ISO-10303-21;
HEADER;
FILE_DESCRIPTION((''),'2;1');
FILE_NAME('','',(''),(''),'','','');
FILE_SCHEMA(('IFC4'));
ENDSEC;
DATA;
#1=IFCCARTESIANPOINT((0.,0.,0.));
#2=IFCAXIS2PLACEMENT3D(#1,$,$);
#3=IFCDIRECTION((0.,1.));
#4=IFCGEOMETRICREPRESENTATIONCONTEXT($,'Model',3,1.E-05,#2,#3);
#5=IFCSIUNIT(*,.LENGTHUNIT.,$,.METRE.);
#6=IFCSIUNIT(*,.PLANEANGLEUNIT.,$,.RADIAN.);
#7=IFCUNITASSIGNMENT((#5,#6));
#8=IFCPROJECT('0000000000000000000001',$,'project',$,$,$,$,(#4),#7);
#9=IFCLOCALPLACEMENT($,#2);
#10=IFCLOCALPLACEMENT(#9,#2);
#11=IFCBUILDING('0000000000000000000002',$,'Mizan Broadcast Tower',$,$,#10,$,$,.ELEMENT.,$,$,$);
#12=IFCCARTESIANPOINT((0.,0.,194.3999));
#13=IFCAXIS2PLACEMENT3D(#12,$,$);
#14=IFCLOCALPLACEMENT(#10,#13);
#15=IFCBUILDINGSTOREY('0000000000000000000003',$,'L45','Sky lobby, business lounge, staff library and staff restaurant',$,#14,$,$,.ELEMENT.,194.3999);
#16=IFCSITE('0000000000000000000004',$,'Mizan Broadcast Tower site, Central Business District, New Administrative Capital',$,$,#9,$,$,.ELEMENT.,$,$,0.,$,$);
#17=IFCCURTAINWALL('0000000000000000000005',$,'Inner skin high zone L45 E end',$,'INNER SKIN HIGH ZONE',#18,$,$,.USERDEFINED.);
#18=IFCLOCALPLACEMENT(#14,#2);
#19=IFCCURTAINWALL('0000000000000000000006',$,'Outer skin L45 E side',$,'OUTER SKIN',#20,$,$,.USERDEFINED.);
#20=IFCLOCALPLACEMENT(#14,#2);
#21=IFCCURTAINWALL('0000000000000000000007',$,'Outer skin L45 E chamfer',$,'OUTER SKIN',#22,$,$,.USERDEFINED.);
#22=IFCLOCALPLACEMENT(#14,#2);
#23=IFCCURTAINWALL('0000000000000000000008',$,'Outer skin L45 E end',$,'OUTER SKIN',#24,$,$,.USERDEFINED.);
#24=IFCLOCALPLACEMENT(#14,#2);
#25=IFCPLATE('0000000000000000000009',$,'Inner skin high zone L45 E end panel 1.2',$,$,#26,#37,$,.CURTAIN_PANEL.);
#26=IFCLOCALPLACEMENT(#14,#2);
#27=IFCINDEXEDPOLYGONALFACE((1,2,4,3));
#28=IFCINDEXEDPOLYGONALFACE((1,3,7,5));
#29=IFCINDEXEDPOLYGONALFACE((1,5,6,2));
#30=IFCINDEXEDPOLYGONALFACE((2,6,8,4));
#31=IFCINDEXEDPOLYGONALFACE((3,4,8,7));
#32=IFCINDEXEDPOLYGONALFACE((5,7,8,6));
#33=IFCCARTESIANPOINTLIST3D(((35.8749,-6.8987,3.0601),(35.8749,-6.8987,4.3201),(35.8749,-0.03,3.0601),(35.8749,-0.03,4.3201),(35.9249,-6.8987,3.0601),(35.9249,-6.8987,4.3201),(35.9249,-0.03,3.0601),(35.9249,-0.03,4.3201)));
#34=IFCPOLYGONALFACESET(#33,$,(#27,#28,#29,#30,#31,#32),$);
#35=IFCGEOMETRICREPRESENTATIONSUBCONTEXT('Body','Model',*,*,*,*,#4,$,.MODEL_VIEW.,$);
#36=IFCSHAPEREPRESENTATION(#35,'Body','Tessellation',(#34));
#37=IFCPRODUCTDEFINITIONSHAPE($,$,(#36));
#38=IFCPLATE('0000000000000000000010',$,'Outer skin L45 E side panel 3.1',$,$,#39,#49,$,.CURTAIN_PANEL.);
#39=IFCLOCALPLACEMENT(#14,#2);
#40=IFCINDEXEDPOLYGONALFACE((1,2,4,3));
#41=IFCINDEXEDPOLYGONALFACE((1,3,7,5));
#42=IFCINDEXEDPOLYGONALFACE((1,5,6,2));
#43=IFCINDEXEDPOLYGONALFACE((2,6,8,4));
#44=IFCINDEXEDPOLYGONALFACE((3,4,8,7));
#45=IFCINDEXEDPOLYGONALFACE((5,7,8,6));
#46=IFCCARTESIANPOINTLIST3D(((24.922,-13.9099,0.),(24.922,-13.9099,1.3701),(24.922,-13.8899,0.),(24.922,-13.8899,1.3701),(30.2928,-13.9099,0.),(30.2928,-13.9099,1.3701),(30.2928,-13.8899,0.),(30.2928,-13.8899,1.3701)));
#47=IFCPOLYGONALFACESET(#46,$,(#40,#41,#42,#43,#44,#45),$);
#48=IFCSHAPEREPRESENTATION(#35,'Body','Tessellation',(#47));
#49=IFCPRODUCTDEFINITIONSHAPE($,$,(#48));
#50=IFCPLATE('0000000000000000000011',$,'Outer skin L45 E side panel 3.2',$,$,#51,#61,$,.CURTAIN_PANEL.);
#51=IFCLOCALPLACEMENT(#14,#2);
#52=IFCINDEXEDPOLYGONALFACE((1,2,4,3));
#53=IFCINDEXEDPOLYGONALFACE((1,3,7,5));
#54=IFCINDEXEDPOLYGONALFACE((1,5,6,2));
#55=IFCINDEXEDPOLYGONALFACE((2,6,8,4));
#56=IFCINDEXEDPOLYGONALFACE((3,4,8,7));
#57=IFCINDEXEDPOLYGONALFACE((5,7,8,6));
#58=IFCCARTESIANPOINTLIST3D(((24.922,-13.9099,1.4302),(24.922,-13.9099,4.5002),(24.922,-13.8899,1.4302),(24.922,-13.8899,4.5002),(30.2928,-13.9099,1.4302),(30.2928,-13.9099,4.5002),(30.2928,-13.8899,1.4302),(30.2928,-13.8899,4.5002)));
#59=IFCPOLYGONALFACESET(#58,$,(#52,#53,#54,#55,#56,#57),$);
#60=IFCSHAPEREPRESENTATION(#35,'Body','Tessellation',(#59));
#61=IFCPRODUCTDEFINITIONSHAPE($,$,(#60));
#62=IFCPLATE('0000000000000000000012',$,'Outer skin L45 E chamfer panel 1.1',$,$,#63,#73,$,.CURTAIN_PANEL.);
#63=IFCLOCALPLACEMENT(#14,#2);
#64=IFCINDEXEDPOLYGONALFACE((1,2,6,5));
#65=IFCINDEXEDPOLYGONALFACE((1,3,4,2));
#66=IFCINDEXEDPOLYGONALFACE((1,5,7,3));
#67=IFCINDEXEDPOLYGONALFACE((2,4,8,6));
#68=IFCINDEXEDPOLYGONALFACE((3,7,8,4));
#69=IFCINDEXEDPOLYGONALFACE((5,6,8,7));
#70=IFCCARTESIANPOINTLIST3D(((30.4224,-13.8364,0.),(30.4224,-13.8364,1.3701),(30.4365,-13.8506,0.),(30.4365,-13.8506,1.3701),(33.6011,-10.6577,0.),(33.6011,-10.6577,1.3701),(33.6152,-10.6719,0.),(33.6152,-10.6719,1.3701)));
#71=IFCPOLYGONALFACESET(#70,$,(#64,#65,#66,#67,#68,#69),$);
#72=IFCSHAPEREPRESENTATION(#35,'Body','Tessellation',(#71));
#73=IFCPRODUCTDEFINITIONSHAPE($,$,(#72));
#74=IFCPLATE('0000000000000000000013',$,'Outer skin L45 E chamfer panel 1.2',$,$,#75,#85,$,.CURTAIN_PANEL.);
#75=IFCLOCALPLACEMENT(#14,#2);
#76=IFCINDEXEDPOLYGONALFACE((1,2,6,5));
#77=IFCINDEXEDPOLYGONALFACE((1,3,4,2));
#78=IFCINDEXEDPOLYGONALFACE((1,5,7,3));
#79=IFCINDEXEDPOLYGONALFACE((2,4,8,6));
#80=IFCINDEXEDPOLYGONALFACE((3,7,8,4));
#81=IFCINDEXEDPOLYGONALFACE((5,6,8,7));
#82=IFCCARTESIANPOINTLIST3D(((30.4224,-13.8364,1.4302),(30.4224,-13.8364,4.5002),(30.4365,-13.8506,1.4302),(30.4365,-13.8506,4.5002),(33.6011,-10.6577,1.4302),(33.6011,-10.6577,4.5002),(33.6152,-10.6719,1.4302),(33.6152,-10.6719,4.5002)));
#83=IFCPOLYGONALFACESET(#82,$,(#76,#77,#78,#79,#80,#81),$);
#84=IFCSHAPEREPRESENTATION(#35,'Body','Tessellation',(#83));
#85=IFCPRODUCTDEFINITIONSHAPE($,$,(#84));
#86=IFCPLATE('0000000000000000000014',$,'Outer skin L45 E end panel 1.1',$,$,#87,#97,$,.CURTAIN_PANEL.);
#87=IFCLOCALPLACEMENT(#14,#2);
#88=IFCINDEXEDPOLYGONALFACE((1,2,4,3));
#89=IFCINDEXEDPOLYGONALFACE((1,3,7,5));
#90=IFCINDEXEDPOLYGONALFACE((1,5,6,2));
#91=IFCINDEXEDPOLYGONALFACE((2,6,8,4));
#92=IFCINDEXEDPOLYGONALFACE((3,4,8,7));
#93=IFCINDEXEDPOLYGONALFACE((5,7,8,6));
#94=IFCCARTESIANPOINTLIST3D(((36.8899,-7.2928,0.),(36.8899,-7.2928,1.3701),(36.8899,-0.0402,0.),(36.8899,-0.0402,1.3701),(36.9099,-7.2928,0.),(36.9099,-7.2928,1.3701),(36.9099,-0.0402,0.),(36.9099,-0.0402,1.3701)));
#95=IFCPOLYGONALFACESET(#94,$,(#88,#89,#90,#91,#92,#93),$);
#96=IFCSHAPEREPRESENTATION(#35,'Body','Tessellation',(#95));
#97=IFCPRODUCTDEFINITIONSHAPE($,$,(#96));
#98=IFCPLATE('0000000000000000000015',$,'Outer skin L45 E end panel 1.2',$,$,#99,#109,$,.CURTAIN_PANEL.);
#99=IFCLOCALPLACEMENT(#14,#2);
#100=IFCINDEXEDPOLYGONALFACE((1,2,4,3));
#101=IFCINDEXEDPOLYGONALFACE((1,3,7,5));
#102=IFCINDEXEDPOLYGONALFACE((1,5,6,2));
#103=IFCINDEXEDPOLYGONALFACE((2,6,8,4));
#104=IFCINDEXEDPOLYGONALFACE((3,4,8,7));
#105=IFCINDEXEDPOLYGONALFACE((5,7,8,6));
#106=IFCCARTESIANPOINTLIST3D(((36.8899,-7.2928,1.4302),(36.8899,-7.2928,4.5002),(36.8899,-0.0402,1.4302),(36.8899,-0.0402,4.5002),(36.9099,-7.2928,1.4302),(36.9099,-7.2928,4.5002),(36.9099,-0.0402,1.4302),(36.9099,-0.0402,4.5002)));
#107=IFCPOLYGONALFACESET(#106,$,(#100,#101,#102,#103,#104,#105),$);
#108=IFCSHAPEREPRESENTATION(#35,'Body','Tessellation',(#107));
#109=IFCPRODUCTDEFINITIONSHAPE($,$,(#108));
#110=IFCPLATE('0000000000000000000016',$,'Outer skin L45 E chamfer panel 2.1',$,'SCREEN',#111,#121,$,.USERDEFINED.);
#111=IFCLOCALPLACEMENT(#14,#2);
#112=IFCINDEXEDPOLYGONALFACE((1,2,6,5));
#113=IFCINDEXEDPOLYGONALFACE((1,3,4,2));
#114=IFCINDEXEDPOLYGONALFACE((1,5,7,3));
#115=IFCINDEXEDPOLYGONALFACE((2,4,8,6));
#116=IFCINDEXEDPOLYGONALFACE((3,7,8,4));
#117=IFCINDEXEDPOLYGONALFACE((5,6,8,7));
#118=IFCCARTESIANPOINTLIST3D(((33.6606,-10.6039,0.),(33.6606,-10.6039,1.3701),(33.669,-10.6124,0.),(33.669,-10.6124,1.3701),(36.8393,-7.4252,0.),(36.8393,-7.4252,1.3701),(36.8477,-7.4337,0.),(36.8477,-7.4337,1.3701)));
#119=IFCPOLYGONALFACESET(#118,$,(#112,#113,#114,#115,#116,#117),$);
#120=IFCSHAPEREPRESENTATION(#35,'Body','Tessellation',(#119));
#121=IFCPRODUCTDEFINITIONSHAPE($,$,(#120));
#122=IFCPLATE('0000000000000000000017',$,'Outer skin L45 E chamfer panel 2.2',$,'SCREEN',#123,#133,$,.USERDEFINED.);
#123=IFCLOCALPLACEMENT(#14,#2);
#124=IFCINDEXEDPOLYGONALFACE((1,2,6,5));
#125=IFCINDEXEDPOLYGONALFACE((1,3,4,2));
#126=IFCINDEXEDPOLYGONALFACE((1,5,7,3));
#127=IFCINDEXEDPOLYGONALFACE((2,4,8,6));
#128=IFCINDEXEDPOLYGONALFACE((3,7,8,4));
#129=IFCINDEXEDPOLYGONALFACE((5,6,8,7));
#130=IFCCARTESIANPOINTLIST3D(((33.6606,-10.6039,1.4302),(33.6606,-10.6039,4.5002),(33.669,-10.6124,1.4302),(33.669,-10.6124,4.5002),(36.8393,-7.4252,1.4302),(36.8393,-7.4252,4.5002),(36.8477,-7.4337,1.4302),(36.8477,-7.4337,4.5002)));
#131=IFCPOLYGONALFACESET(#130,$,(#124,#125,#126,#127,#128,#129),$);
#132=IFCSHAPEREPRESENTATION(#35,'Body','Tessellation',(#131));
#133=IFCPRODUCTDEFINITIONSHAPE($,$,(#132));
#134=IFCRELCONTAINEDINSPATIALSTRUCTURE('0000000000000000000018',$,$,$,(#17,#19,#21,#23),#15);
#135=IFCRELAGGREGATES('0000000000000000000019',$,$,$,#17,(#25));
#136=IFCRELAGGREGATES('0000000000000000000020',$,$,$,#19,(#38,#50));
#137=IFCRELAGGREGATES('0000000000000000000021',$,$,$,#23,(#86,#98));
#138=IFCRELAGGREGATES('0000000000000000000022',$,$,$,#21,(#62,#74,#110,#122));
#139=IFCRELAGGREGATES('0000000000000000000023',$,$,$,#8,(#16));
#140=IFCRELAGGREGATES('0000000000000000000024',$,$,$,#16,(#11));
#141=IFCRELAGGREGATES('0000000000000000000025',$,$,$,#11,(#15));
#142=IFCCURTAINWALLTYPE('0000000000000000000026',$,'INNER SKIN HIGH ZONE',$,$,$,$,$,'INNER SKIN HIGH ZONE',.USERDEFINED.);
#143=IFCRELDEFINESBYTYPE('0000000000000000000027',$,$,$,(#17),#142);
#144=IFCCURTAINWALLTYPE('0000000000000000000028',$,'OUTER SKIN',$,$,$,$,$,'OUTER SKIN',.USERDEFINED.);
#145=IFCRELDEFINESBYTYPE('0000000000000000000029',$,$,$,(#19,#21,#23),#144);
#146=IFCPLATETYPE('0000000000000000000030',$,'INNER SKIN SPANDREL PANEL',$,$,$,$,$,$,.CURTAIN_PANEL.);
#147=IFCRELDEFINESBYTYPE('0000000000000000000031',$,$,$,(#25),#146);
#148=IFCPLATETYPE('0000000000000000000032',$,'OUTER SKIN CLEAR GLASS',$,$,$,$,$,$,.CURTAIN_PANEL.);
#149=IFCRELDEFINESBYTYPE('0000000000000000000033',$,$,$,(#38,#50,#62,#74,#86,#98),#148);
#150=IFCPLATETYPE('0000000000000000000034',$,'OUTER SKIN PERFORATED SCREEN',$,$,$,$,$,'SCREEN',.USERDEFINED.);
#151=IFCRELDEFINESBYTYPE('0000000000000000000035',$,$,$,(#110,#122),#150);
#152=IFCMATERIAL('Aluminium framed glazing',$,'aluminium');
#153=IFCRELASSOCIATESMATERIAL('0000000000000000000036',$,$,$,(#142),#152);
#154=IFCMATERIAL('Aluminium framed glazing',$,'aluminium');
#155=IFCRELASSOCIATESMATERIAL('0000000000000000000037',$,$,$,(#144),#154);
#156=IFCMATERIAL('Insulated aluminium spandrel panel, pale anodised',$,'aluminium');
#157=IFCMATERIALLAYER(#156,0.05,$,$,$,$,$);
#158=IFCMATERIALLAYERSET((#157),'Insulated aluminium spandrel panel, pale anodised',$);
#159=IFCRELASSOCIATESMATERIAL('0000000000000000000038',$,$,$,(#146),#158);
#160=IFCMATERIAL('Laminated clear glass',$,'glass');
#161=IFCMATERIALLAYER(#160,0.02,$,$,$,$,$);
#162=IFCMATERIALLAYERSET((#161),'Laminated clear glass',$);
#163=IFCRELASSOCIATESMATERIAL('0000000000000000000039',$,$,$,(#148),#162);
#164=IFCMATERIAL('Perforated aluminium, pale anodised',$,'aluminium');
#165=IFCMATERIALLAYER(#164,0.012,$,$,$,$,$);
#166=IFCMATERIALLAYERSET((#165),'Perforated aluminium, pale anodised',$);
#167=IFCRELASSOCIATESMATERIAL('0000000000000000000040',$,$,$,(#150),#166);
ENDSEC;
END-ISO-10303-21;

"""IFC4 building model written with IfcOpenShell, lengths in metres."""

from ifc_helpers import new_model, si_unit, direction, frame, origin, origin_2d, place, context, subcontext, project, spatial, rectangle, extrude, material, layer, layer_set, type_object, element, aggregate, save


model = new_model("IFC4")

# Units and contexts
model_context = context("Model", 3, precision=1e-05, world=origin(), true_north=direction((0.0, 1.0)))
body_context = subcontext(model_context, "Body", "Model", "MODEL_VIEW")
ifc_project = project(units=[si_unit("LENGTHUNIT", "METRE"), si_unit("PLANEANGLEUNIT", "RADIAN")], contexts=[model_context])

# Site, building, storey
site_placement = place(None, origin())
site = spatial("IfcSite", under=ifc_project, at=site_placement, Name="Mizan Broadcast Tower site, Central Business District, New Administrative Capital", CompositionType="ELEMENT", RefElevation=0.0)
building_placement = place(site_placement, origin())
building = spatial("IfcBuilding", under=site, at=building_placement, Name="Mizan Broadcast Tower", CompositionType="ELEMENT")
storey_placement = place(building_placement, frame((0.0, 0.0, 194.3999)))
storey = spatial("IfcBuildingStorey", under=building, at=storey_placement, Name="L45", Description="Sky lobby, business lounge, staff library and staff restaurant", CompositionType="ELEMENT", Elevation=194.3999)

# Shared definitions
ifc_material_1 = material(Name="Aluminium framed glazing", Category="aluminium")
curtain_wall_type_1 = type_object("IfcCurtainWallType", Name="INNER SKIN HIGH ZONE", ElementType="INNER SKIN HIGH ZONE", PredefinedType="USERDEFINED", material=ifc_material_1)

# Curtain wall
curtain_wall_1_placement = place(storey_placement, origin())
curtain_wall_1 = element("IfcCurtainWall", 1, at=curtain_wall_1_placement, inside=storey, type_object=curtain_wall_type_1, Name="Inner skin high zone L45 E end", ObjectType="INNER SKIN HIGH ZONE", PredefinedType="USERDEFINED")

# Curtain walls
ifc_material_2 = material(Name="Aluminium framed glazing", Category="aluminium")
curtain_wall_type_2 = type_object("IfcCurtainWallType", Name="OUTER SKIN", ElementType="OUTER SKIN", PredefinedType="USERDEFINED", material=ifc_material_2)
curtain_wall_2_placement = place(storey_placement, origin())
curtain_wall_2 = element("IfcCurtainWall", 2, at=curtain_wall_2_placement, inside=storey, type_object=curtain_wall_type_2, Name="Outer skin L45 E side", ObjectType="OUTER SKIN", PredefinedType="USERDEFINED")
curtain_wall_3_placement = place(storey_placement, origin())
curtain_wall_3 = element("IfcCurtainWall", 3, at=curtain_wall_3_placement, inside=storey, type_object=curtain_wall_type_2, Name="Outer skin L45 E chamfer", ObjectType="OUTER SKIN", PredefinedType="USERDEFINED")

# Curtain wall
curtain_wall_4_placement = place(storey_placement, origin())
curtain_wall_4 = element("IfcCurtainWall", 4, at=curtain_wall_4_placement, inside=storey, type_object=curtain_wall_type_2, Name="Outer skin L45 E end", ObjectType="OUTER SKIN", PredefinedType="USERDEFINED")

# Plates
ifc_material_3 = material(Name="Insulated aluminium spandrel panel, pale anodised", Category="aluminium")
ifc_layer_1 = layer(ifc_material_3, 0.05)
ifc_layer_set_1 = layer_set([ifc_layer_1], Name="Insulated aluminium spandrel panel, pale anodised")
plate_type_1 = type_object("IfcPlateType", Name="INNER SKIN SPANDREL PANEL", PredefinedType="CURTAIN_PANEL", material=ifc_layer_set_1)
plate_1_placement = place(storey_placement, frame((35.8999, -3.4644, 3.0601), z_axis=(0.0, 0.0, 1.0), x_axis=(0.0, 1.0, 0.0)))
plate_1 = element("IfcPlate", 5, at=plate_1_placement, type_object=plate_type_1, Name="Inner skin high zone L45 E end panel 1.2", PredefinedType="CURTAIN_PANEL", context=body_context, shape_type="SweptSolid", body=[
    extrude(rectangle(XDim=6.8687, YDim=0.05, at=origin_2d()), origin(), (0.0, 0.0, 1.0), 1.26),
])
aggregate(curtain_wall_1, [plate_1])
ifc_material_4 = material(Name="Laminated clear glass", Category="glass")
ifc_layer_2 = layer(ifc_material_4, 0.02)
ifc_layer_set_2 = layer_set([ifc_layer_2], Name="Laminated clear glass")
plate_type_2 = type_object("IfcPlateType", Name="OUTER SKIN CLEAR GLASS", PredefinedType="CURTAIN_PANEL", material=ifc_layer_set_2)
plate_2_placement = place(storey_placement, frame((27.6074, -13.8999, 0.0), z_axis=(0.0, 0.0, 1.0), x_axis=(1.0, 0.0, 0.0)))
plate_2 = element("IfcPlate", 6, at=plate_2_placement, type_object=plate_type_2, Name="Outer skin L45 E side panel 3.1", PredefinedType="CURTAIN_PANEL", context=body_context, shape_type="SweptSolid", body=[
    extrude(rectangle(XDim=5.3708, YDim=0.02, at=origin_2d()), origin(), (0.0, 0.0, 1.0), 1.3701),
])
plate_3_placement = place(storey_placement, frame((27.6074, -13.8999, 1.4302), z_axis=(0.0, 0.0, 1.0), x_axis=(1.0, 0.0, 0.0)))
plate_3 = element("IfcPlate", 7, at=plate_3_placement, type_object=plate_type_2, Name="Outer skin L45 E side panel 3.2", PredefinedType="CURTAIN_PANEL", context=body_context, shape_type="SweptSolid", body=[
    extrude(rectangle(XDim=5.3708, YDim=0.02, at=origin_2d()), origin(), (0.0, 0.0, 1.0), 3.0701),
])
aggregate(curtain_wall_2, [plate_2, plate_3])
plate_4_placement = place(storey_placement, frame((32.0188, -12.2542, 0.0), z_axis=(0.0, 0.0, 1.0), x_axis=(0.707107, 0.707107, 0.0)))
plate_4 = element("IfcPlate", 8, at=plate_4_placement, type_object=plate_type_2, Name="Outer skin L45 E chamfer panel 1.1", PredefinedType="CURTAIN_PANEL", context=body_context, shape_type="SweptSolid", body=[
    extrude(rectangle(XDim=4.4954, YDim=0.02, at=origin_2d()), origin(), (0.0, 0.0, 1.0), 1.3701),
])
plate_5_placement = place(storey_placement, frame((32.0188, -12.2542, 1.4302), z_axis=(0.0, 0.0, 1.0), x_axis=(0.707107, 0.707107, 0.0)))
plate_5 = element("IfcPlate", 9, at=plate_5_placement, type_object=plate_type_2, Name="Outer skin L45 E chamfer panel 1.2", PredefinedType="CURTAIN_PANEL", context=body_context, shape_type="SweptSolid", body=[
    extrude(rectangle(XDim=4.4954, YDim=0.02, at=origin_2d()), origin(), (0.0, 0.0, 1.0), 3.0701),
])
plate_6_placement = place(storey_placement, frame((36.8999, -3.6665, 0.0), z_axis=(0.0, 0.0, 1.0), x_axis=(0.0, 1.0, 0.0)))
plate_6 = element("IfcPlate", 10, at=plate_6_placement, type_object=plate_type_2, Name="Outer skin L45 E end panel 1.1", PredefinedType="CURTAIN_PANEL", context=body_context, shape_type="SweptSolid", body=[
    extrude(rectangle(XDim=7.2527, YDim=0.02, at=origin_2d()), origin(), (0.0, 0.0, 1.0), 1.3701),
])
plate_7_placement = place(storey_placement, frame((36.8999, -3.6665, 1.4302), z_axis=(0.0, 0.0, 1.0), x_axis=(0.0, 1.0, 0.0)))
plate_7 = element("IfcPlate", 11, at=plate_7_placement, type_object=plate_type_2, Name="Outer skin L45 E end panel 1.2", PredefinedType="CURTAIN_PANEL", context=body_context, shape_type="SweptSolid", body=[
    extrude(rectangle(XDim=7.2527, YDim=0.02, at=origin_2d()), origin(), (0.0, 0.0, 1.0), 3.0701),
])
aggregate(curtain_wall_4, [plate_6, plate_7])
ifc_material_5 = material(Name="Perforated aluminium, pale anodised", Category="aluminium")
ifc_layer_3 = layer(ifc_material_5, 0.012)
ifc_layer_set_3 = layer_set([ifc_layer_3], Name="Perforated aluminium, pale anodised")
plate_type_3 = type_object("IfcPlateType", Name="OUTER SKIN PERFORATED SCREEN", ElementType="SCREEN", PredefinedType="USERDEFINED", material=ifc_layer_set_3)
plate_8_placement = place(storey_placement, frame((35.2542, -9.0188, 0.0), z_axis=(0.0, 0.0, 1.0), x_axis=(0.707107, 0.707107, 0.0)))
plate_8 = element("IfcPlate", 12, at=plate_8_placement, type_object=plate_type_3, Name="Outer skin L45 E chamfer panel 2.1", ObjectType="SCREEN", PredefinedType="USERDEFINED", context=body_context, shape_type="SweptSolid", body=[
    extrude(rectangle(XDim=4.4954, YDim=0.012, at=origin_2d()), origin(), (0.0, 0.0, 1.0), 1.3701),
])
plate_9_placement = place(storey_placement, frame((35.2542, -9.0188, 1.4302), z_axis=(0.0, 0.0, 1.0), x_axis=(0.707107, 0.707107, 0.0)))
plate_9 = element("IfcPlate", 13, at=plate_9_placement, type_object=plate_type_3, Name="Outer skin L45 E chamfer panel 2.2", ObjectType="SCREEN", PredefinedType="USERDEFINED", context=body_context, shape_type="SweptSolid", body=[
    extrude(rectangle(XDim=4.4954, YDim=0.012, at=origin_2d()), origin(), (0.0, 0.0, 1.0), 3.0701),
])
aggregate(curtain_wall_3, [plate_4, plate_5, plate_8, plate_9])

save(model, "model.ifc")
